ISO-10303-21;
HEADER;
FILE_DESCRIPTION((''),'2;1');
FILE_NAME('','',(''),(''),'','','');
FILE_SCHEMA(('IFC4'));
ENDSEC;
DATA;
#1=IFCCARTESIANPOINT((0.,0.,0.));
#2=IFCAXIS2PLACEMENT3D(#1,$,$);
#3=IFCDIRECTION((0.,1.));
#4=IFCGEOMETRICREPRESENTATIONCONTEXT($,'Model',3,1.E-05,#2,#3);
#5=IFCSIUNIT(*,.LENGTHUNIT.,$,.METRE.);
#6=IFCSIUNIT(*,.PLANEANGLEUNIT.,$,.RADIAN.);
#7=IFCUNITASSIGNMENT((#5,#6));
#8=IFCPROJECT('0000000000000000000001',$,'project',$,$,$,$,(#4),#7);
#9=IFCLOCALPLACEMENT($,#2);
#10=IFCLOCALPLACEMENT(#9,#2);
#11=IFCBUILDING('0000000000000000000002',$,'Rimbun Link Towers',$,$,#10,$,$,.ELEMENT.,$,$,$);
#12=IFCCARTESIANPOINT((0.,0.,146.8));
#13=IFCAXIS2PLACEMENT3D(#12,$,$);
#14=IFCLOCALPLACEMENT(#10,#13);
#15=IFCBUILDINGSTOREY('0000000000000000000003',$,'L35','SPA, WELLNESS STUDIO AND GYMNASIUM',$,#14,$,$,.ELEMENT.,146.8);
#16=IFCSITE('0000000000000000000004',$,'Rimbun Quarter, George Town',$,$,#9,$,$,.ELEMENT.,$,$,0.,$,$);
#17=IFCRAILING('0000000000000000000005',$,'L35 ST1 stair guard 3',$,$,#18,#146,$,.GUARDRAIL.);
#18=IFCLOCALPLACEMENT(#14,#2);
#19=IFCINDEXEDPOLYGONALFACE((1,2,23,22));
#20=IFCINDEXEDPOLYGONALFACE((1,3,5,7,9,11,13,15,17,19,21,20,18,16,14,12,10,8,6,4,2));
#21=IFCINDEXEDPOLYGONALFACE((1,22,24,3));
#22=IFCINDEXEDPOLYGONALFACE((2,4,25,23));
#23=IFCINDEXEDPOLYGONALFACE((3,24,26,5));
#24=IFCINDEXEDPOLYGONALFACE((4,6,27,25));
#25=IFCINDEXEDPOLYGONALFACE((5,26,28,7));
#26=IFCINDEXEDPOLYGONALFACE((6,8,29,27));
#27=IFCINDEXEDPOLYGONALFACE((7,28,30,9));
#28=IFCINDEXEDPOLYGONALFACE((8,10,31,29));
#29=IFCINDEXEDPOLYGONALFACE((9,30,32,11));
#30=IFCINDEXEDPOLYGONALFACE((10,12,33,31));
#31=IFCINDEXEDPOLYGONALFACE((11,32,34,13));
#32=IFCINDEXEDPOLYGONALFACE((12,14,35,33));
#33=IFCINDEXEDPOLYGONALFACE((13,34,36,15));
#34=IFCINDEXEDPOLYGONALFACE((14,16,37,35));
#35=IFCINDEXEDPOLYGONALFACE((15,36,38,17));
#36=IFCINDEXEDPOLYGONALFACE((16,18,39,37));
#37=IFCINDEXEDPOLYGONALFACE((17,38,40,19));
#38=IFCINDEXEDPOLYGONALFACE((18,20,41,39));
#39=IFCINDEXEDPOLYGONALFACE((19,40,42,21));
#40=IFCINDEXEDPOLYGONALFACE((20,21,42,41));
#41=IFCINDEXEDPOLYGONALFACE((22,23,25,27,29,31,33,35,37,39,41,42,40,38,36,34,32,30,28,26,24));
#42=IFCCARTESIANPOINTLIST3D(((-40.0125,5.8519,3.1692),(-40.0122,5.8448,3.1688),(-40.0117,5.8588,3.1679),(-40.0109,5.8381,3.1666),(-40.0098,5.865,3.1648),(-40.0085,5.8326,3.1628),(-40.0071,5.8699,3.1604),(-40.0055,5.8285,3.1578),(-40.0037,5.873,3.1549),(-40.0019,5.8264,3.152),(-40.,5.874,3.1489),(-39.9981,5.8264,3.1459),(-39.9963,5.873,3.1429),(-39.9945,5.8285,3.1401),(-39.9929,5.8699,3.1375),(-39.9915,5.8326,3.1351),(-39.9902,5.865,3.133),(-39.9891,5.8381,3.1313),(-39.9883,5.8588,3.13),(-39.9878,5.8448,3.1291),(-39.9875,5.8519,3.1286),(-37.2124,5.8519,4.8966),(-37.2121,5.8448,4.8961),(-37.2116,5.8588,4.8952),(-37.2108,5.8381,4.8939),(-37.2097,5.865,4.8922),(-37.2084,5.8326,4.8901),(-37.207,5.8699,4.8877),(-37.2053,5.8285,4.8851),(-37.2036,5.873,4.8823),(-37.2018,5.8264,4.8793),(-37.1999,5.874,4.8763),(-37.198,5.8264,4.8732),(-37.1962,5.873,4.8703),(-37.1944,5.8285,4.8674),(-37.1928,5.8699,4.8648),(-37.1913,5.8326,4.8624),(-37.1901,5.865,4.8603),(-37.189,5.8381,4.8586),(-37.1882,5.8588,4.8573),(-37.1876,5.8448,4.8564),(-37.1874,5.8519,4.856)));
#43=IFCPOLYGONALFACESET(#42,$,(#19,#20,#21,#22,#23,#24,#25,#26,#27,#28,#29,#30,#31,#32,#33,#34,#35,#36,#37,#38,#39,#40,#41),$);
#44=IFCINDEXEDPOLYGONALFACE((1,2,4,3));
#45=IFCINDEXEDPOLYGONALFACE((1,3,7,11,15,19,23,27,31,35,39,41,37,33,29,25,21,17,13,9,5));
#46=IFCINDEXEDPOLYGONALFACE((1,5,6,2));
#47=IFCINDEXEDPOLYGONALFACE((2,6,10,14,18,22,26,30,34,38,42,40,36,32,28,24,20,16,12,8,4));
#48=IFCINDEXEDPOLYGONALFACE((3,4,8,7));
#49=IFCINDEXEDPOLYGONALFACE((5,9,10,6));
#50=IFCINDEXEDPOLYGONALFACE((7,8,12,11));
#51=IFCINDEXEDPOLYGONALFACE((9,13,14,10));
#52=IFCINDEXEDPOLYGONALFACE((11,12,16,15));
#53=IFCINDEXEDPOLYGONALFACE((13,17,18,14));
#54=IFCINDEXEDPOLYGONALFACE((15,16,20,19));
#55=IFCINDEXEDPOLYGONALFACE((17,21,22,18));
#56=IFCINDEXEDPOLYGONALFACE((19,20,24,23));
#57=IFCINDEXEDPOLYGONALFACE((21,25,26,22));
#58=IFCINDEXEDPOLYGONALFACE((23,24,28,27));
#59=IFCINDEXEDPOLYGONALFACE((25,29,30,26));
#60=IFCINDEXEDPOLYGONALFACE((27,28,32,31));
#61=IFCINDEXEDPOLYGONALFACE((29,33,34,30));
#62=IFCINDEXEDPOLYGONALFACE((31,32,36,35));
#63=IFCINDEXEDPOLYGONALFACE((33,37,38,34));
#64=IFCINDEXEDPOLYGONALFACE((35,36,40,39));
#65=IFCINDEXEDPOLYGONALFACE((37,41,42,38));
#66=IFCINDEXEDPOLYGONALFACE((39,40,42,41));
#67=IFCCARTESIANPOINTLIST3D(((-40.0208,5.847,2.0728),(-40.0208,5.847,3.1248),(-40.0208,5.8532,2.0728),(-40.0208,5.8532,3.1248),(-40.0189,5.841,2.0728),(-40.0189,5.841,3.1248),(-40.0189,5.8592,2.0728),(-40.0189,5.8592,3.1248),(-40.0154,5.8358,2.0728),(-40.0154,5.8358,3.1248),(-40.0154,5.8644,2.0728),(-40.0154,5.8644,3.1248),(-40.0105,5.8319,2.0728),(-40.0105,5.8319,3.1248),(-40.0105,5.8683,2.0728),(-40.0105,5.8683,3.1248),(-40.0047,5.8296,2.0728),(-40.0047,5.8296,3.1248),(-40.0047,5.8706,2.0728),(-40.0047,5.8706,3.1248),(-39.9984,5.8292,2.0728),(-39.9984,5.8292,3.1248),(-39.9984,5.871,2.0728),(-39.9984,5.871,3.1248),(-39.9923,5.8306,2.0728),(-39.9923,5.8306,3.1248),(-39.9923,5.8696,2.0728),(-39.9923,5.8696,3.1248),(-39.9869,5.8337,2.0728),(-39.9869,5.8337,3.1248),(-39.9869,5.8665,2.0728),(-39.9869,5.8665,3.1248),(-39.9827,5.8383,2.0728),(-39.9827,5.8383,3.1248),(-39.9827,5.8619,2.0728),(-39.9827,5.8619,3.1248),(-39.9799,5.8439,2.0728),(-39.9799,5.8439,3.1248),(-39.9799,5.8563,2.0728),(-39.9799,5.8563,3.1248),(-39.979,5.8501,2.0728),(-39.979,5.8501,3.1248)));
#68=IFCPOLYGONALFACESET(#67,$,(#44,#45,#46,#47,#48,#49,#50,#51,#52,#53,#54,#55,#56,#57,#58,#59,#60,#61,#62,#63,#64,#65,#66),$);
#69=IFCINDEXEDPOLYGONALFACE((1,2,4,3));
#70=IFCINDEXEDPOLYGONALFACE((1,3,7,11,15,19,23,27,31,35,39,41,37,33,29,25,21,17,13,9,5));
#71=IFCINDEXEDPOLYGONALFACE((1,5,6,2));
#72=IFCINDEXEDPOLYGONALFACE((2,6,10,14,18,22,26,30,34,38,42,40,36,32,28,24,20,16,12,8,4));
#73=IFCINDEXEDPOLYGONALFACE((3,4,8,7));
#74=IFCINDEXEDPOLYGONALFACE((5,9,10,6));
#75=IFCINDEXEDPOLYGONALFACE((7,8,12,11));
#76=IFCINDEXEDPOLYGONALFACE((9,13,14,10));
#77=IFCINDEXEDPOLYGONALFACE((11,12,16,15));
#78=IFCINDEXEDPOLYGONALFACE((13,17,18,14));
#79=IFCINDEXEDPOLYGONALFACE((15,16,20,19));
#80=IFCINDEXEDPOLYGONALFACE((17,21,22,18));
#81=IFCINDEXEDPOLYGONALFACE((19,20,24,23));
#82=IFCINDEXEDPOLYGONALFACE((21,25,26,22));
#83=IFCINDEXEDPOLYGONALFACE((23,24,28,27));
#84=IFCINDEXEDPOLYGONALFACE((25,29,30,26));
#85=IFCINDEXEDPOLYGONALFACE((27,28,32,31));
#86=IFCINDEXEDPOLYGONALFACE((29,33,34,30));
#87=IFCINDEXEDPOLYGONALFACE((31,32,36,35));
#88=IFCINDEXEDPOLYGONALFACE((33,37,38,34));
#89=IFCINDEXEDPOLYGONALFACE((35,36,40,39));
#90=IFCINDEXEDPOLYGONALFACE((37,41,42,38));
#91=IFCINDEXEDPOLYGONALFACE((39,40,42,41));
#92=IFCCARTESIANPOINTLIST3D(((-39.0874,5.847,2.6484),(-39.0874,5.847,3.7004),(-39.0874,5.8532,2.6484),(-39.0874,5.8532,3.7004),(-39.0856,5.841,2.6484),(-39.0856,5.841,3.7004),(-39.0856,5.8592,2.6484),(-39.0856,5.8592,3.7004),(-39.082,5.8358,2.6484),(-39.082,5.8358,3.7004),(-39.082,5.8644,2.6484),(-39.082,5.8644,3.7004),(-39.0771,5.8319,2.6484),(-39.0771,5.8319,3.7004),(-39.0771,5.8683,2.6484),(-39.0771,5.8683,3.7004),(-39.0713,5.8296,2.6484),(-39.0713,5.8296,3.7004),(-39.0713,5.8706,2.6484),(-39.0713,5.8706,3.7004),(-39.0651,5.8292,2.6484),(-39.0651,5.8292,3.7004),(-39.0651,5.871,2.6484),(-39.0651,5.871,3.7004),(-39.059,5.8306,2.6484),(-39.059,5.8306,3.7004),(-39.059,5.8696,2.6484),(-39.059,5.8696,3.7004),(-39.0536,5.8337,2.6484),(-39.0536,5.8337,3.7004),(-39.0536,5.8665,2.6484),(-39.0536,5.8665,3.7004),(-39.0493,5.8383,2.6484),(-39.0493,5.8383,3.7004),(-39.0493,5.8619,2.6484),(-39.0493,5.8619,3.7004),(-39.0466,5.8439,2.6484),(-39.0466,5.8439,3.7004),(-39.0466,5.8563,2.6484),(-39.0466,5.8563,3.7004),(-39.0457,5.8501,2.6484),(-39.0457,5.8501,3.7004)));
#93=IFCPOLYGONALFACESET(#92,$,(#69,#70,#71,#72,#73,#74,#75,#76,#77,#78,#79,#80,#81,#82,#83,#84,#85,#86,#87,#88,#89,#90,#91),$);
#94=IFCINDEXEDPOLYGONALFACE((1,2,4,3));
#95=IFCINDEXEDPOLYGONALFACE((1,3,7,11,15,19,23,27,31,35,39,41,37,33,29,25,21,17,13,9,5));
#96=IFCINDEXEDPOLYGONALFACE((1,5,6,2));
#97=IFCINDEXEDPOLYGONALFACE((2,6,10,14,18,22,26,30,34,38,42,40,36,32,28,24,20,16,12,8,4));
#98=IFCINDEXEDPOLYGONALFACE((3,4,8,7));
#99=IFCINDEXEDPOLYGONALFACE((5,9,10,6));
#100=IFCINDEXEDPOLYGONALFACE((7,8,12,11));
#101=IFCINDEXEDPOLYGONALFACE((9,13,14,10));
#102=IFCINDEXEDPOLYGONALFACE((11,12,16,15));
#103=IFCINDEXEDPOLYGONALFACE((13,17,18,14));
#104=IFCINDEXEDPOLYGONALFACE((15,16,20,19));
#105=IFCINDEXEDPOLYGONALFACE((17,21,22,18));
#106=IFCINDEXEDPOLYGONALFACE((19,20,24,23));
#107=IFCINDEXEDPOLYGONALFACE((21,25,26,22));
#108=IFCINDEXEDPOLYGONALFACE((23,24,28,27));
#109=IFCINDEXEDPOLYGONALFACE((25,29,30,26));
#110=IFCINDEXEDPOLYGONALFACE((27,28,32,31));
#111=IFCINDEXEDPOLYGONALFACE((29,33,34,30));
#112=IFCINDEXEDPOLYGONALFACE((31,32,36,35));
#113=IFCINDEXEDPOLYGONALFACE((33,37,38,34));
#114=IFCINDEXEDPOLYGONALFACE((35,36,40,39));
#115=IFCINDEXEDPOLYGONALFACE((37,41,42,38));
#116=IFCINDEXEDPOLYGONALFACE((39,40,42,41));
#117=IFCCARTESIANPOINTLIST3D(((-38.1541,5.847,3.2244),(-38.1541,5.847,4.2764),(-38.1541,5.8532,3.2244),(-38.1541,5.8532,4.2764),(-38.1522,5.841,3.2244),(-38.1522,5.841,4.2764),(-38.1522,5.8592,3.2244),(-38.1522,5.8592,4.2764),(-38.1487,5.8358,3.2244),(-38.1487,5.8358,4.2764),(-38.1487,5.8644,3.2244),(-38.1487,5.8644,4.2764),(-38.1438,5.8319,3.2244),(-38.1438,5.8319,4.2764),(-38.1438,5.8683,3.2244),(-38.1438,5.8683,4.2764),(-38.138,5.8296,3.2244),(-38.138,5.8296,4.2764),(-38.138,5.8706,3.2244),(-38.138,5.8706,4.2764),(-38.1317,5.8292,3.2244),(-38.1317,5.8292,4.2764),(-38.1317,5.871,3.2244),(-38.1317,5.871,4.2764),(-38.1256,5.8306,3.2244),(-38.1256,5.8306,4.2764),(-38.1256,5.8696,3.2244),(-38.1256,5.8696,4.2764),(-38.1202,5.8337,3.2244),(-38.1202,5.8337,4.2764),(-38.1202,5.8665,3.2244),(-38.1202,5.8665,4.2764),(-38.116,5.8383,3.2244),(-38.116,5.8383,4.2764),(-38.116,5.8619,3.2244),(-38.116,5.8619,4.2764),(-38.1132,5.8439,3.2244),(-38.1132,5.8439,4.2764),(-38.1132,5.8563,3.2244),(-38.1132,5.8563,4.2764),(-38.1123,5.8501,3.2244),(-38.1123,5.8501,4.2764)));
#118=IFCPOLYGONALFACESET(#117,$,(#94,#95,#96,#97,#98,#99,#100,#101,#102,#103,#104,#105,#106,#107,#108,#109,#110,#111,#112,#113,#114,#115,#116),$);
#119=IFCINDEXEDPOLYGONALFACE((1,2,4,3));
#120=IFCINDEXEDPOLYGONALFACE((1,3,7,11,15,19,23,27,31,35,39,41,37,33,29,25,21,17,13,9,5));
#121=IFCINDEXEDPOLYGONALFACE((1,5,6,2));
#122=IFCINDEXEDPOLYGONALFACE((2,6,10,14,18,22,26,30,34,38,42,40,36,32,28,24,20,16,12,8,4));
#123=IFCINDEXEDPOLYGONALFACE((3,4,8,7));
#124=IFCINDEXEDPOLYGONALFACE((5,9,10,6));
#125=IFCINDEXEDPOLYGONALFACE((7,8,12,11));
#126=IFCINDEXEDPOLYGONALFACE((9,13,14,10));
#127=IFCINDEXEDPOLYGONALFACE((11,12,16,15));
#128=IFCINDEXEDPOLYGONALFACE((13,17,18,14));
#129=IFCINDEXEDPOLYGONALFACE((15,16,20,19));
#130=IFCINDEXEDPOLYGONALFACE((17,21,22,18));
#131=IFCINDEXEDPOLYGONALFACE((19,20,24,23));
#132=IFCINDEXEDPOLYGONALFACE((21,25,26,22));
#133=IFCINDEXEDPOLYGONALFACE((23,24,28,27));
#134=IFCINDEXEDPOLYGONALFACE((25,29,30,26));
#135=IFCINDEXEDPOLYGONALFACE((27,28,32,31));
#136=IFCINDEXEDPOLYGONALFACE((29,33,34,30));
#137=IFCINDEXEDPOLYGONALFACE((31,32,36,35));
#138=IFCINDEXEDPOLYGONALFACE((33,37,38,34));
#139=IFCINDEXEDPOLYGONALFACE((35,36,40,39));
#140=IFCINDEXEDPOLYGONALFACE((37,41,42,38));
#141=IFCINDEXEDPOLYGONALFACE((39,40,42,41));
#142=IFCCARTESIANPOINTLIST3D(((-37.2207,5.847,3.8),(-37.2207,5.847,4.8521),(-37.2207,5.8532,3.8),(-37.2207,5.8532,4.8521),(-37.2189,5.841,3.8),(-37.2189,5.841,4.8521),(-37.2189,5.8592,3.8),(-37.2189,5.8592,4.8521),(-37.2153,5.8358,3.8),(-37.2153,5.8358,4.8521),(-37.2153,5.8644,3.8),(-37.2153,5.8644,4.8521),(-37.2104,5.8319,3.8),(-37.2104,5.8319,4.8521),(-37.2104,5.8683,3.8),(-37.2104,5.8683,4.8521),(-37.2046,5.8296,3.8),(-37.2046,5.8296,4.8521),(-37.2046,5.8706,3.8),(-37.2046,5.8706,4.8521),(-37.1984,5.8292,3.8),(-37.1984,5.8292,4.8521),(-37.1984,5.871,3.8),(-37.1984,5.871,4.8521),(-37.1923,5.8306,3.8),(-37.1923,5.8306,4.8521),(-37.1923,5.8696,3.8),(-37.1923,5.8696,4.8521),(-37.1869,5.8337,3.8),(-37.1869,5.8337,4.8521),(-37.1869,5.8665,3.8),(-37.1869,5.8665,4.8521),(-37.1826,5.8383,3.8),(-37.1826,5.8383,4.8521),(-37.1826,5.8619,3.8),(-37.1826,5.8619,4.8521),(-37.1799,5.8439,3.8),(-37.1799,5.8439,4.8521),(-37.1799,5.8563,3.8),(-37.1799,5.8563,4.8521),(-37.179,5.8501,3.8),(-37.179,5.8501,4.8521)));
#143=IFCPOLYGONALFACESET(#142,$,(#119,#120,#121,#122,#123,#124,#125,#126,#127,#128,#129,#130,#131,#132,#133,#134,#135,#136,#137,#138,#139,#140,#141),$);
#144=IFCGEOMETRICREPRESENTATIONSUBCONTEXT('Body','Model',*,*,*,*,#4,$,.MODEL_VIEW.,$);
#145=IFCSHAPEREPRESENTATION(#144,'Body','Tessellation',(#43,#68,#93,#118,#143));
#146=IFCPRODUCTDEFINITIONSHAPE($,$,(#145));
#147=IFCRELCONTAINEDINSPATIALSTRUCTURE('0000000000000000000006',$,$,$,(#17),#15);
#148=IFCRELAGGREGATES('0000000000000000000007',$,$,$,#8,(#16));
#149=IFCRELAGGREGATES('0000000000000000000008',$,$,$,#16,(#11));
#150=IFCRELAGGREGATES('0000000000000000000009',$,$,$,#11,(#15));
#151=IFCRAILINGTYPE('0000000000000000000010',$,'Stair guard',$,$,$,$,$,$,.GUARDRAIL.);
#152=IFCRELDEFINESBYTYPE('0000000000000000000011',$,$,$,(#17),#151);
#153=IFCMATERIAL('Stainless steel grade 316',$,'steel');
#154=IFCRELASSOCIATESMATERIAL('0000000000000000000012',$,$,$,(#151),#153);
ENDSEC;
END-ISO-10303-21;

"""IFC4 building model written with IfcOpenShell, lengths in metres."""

from ifc_helpers import new_model, si_unit, direction, frame, origin, origin_2d, place, context, subcontext, project, spatial, circle, extrude, material, type_object, element, save


model = new_model("IFC4")

# Units and contexts
model_context = context("Model", 3, precision=1e-05, world=origin(), true_north=direction((0.0, 1.0)))
body_context = subcontext(model_context, "Body", "Model", "MODEL_VIEW")
ifc_project = project(units=[si_unit("LENGTHUNIT", "METRE"), si_unit("PLANEANGLEUNIT", "RADIAN")], contexts=[model_context])

# Site, building, storey
site_placement = place(None, origin())
site = spatial("IfcSite", under=ifc_project, at=site_placement, Name="Rimbun Quarter, George Town", CompositionType="ELEMENT", RefElevation=0.0)
building_placement = place(site_placement, origin())
building = spatial("IfcBuilding", under=site, at=building_placement, Name="Rimbun Link Towers", CompositionType="ELEMENT")
storey_placement = place(building_placement, frame((0.0, 0.0, 146.8)))
storey = spatial("IfcBuildingStorey", under=building, at=storey_placement, Name="L35", Description="SPA, WELLNESS STUDIO AND GYMNASIUM", CompositionType="ELEMENT", Elevation=146.8)

# Railing
ifc_material_1 = material(Name="Stainless steel grade 316", Category="steel")
railing_type_1 = type_object("IfcRailingType", Name="Stair guard", PredefinedType="GUARDRAIL", material=ifc_material_1)
railing_1_placement = place(storey_placement, frame((-40.0, 5.8501, 2.0728)))
element("IfcRailing", 1, at=railing_1_placement, inside=storey, type_object=railing_type_1, Name="L35 ST1 stair guard 3", PredefinedType="GUARDRAIL", context=body_context, shape_type="SweptSolid", body=[
    extrude(circle(Radius=0.0239, at=origin_2d()), frame((0.0, 0.0, 1.0762), z_axis=(0.85109, 0.0, 0.52502), x_axis=(0.0, 1.0, 0.0)), (0.0, 0.0, 1.0), 3.29),
    extrude(circle(Radius=0.021, at=origin_2d()), origin(), (0.0, 0.0, 1.0), 1.052),
    extrude(circle(Radius=0.021, at=origin_2d()), frame((0.9333, 0.0, 0.5757)), (0.0, 0.0, 1.0), 1.052),
    extrude(circle(Radius=0.021, at=origin_2d()), frame((1.8667, 0.0, 1.1516)), (0.0, 0.0, 1.0), 1.052),
    extrude(circle(Radius=0.021, at=origin_2d()), frame((2.8, 0.0, 1.7273)), (0.0, 0.0, 1.0), 1.052),
])

save(model, "model.ifc")
